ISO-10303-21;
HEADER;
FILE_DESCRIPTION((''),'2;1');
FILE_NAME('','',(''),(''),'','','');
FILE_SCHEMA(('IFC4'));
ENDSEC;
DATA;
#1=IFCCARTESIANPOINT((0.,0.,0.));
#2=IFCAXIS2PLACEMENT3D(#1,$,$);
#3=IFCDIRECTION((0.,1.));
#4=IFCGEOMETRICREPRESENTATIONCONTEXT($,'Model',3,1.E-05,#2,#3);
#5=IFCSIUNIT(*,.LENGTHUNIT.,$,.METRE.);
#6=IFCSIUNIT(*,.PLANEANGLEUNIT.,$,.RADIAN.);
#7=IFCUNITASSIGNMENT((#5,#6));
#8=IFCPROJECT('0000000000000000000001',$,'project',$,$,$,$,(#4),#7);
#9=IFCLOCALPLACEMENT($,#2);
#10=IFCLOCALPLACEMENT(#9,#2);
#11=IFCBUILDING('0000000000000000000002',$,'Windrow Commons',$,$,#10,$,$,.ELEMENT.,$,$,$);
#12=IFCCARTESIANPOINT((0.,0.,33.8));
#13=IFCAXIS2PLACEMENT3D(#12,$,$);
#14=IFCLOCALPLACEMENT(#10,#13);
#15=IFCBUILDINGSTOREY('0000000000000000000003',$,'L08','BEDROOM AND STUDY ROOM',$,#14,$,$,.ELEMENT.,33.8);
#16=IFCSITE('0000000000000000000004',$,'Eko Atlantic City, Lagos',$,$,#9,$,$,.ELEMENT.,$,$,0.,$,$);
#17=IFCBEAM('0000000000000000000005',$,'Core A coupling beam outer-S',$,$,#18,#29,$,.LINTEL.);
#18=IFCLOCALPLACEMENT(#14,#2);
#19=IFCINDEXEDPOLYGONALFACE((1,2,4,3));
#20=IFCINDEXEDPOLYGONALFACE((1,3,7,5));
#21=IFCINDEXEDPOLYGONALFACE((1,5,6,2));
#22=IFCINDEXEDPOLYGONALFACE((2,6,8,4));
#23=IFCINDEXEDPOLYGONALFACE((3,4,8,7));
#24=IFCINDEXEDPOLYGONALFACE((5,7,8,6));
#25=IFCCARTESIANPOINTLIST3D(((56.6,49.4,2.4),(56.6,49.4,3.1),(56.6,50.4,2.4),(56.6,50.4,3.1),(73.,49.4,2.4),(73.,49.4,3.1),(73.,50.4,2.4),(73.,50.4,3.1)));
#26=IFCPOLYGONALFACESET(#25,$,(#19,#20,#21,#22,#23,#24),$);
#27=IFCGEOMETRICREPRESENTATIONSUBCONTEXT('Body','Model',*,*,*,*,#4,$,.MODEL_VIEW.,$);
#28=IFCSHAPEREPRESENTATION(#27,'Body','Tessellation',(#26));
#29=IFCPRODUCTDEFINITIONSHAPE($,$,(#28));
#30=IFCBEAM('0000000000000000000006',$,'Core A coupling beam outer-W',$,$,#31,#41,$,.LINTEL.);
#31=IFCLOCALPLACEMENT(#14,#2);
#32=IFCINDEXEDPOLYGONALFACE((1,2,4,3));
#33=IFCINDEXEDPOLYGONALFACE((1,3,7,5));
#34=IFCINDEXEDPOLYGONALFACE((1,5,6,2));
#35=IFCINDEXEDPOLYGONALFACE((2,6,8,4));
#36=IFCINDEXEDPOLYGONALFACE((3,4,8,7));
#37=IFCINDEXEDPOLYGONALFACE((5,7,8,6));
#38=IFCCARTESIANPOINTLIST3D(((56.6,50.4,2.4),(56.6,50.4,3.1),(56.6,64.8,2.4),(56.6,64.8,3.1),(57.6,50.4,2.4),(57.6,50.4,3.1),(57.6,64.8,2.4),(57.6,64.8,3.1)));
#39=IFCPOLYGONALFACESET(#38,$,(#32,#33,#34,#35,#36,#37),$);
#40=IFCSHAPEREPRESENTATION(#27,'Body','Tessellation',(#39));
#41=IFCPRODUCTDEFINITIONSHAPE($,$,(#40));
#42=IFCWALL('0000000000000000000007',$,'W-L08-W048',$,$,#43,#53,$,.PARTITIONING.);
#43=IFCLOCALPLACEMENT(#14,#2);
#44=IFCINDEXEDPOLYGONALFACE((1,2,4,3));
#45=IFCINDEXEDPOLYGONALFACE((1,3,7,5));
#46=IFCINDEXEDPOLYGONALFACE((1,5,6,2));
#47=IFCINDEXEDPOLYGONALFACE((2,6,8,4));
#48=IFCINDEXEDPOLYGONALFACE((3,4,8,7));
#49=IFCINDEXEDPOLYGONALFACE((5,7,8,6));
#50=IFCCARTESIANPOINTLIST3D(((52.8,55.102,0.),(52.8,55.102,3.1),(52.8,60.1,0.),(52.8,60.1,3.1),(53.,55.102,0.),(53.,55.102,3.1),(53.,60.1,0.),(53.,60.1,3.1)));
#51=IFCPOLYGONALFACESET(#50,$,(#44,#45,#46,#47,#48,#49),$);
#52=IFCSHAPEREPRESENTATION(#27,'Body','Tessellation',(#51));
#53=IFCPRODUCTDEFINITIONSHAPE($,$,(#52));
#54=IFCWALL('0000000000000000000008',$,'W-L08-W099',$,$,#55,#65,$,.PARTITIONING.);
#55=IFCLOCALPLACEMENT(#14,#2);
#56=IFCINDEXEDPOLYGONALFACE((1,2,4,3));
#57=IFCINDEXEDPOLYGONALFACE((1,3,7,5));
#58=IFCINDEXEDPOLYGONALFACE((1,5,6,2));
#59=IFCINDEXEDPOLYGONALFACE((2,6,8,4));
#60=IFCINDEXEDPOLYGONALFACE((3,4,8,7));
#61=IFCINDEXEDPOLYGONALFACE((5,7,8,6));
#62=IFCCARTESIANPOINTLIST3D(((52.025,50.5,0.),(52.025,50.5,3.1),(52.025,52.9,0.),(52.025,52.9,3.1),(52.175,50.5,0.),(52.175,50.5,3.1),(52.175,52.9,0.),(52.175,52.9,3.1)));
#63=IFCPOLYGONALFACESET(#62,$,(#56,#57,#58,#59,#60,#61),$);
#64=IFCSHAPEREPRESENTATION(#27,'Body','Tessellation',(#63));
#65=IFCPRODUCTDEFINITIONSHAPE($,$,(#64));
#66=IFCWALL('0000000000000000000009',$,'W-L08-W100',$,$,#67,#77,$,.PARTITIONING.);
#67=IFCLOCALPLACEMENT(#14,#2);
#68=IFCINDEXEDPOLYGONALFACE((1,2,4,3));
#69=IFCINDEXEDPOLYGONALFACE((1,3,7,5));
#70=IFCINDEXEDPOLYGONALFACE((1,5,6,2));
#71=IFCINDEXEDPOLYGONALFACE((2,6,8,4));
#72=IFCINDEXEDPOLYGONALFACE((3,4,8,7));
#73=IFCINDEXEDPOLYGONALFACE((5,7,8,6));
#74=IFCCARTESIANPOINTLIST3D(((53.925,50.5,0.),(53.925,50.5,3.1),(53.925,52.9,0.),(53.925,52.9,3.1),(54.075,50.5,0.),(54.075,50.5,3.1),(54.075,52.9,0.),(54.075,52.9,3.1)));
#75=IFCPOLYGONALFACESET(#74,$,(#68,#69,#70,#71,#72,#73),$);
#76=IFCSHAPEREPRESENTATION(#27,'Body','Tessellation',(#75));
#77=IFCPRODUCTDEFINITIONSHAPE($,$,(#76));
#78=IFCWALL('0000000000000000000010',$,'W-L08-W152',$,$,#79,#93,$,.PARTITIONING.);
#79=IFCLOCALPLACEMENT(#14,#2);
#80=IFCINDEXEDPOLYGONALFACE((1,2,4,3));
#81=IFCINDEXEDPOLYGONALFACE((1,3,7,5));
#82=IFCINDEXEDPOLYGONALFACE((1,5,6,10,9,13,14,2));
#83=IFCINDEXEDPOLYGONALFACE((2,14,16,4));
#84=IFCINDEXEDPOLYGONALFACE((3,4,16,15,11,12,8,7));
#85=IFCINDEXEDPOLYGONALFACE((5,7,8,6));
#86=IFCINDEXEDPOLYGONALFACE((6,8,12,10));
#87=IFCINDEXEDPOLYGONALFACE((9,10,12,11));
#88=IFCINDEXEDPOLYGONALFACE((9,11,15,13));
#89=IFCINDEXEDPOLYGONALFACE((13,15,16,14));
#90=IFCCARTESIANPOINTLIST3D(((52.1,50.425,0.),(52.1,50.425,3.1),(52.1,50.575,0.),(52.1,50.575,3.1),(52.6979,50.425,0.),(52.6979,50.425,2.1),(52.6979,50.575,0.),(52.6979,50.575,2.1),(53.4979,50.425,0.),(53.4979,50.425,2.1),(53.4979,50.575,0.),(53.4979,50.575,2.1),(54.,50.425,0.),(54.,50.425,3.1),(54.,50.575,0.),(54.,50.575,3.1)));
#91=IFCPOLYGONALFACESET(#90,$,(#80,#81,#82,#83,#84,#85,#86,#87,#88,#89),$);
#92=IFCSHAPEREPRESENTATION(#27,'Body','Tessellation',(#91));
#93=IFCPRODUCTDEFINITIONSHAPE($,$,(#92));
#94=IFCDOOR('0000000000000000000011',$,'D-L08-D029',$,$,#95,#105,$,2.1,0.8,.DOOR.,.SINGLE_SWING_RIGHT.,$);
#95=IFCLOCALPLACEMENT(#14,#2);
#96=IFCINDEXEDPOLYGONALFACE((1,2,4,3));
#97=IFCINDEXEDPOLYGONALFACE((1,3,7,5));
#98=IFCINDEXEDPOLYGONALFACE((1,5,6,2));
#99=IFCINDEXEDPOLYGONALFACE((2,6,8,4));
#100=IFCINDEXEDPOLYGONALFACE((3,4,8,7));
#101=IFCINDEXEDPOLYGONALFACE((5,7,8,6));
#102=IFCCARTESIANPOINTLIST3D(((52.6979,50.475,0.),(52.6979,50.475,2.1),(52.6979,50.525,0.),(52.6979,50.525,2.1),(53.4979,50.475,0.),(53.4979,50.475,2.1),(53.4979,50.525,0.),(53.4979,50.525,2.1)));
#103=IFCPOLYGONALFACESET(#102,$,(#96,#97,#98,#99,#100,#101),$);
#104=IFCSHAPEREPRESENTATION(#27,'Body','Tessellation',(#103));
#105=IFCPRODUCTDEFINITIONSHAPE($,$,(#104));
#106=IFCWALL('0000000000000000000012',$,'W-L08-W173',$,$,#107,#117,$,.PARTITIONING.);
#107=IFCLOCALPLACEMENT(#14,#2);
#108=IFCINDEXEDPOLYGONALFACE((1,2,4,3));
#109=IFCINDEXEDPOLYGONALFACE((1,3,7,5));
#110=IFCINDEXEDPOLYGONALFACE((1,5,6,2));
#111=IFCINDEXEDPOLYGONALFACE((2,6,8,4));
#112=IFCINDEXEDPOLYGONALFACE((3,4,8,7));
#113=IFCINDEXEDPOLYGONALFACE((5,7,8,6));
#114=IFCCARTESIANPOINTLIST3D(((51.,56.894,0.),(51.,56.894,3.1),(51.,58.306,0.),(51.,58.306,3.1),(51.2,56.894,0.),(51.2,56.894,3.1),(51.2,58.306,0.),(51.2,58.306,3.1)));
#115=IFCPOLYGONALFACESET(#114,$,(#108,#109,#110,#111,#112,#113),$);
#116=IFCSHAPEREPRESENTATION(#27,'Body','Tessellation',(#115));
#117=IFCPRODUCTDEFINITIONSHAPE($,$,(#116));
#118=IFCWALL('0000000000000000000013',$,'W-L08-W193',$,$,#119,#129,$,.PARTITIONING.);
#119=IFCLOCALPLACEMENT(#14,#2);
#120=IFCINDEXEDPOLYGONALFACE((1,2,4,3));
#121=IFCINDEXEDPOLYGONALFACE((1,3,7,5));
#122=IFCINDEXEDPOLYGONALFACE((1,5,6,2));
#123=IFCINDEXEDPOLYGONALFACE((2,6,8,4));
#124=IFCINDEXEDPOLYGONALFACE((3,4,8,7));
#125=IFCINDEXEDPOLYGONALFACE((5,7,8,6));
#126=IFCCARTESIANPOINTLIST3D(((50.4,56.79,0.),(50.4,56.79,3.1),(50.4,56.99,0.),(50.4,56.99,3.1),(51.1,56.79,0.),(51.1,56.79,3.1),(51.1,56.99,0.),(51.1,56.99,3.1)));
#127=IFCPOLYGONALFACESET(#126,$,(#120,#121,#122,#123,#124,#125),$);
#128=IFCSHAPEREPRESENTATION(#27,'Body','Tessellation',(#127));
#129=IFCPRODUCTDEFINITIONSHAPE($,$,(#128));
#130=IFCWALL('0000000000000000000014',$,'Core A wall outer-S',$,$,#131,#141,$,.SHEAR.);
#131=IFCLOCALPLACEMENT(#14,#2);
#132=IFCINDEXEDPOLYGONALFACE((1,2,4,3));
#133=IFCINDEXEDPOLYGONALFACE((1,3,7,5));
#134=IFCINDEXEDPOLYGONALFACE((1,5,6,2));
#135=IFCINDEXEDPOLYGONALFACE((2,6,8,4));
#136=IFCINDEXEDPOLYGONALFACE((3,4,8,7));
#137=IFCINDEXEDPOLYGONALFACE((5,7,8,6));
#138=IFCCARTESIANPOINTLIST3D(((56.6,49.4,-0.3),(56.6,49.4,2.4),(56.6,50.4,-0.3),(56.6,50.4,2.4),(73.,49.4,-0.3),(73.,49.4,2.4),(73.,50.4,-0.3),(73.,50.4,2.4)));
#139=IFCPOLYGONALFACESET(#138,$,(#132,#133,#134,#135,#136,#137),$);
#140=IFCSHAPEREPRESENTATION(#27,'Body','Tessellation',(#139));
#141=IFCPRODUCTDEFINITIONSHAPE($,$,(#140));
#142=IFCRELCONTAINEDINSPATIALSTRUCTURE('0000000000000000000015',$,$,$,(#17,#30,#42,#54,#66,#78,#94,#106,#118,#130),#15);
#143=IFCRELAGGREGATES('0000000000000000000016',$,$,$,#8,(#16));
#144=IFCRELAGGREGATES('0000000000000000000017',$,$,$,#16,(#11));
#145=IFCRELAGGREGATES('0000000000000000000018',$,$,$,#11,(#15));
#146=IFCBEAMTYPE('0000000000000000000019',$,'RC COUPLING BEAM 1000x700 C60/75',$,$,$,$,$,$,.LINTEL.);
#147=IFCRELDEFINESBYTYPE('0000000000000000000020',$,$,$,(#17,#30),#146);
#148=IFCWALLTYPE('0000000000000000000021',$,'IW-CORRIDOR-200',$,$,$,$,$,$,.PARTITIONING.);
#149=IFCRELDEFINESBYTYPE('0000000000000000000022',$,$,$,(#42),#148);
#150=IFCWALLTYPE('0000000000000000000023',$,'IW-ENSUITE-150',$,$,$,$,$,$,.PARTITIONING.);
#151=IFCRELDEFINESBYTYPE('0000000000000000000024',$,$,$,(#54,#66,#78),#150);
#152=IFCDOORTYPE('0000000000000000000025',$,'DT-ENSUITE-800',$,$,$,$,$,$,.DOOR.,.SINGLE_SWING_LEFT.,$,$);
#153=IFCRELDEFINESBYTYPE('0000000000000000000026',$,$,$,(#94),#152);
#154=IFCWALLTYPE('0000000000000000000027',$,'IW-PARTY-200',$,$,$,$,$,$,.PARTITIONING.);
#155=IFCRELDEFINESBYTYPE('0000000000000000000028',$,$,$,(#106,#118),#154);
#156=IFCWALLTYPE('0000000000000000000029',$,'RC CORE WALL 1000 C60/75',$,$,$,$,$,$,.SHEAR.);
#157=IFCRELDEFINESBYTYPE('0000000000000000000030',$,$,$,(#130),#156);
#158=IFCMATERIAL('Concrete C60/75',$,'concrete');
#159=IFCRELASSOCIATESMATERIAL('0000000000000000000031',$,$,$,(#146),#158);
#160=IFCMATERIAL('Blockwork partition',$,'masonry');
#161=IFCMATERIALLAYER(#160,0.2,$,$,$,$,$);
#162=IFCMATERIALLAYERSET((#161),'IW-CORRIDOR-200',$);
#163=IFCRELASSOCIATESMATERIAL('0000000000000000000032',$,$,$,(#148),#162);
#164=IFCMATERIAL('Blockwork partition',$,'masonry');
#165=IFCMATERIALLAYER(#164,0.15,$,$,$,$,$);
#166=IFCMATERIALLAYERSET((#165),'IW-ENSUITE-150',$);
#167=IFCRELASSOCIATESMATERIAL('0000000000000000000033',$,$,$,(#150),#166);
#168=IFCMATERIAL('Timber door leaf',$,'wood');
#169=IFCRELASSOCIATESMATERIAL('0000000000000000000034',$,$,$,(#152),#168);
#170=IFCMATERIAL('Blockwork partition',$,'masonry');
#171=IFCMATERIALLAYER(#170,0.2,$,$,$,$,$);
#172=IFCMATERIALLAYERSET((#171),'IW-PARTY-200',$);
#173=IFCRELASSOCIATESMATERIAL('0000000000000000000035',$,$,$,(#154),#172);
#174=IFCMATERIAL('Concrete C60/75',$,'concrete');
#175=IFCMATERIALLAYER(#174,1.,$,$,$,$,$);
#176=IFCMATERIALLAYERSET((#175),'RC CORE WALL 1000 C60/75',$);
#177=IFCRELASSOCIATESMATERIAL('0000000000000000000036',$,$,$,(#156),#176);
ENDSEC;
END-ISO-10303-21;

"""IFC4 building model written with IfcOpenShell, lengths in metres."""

from ifc_helpers import new_model, si_unit, direction, frame, frame_2d, origin, origin_2d, place, context, subcontext, project, spatial, rectangle, extrude, material, layer, layer_set, material_profile, profile_set, type_object, element, fill, save


model = new_model("IFC4")

# Units and contexts
model_context = context("Model", 3, precision=1e-05, world=origin(), true_north=direction((0.0, 1.0)))
body_context = subcontext(model_context, "Body", "Model", "MODEL_VIEW")
ifc_project = project(units=[si_unit("LENGTHUNIT", "METRE"), si_unit("PLANEANGLEUNIT", "RADIAN")], contexts=[model_context])

# Site, building, storey
site_placement = place(None, origin())
site = spatial("IfcSite", under=ifc_project, at=site_placement, Name="Eko Atlantic City, Lagos", CompositionType="ELEMENT", RefElevation=0.0)
building_placement = place(site_placement, origin())
building = spatial("IfcBuilding", under=site, at=building_placement, Name="Windrow Commons", CompositionType="ELEMENT")
storey_placement = place(building_placement, frame((0.0, 0.0, 33.8)))
storey = spatial("IfcBuildingStorey", under=building, at=storey_placement, Name="L08", Description="BEDROOM AND STUDY ROOM", CompositionType="ELEMENT", Elevation=33.8)

# Beams
ifc_material_1 = material(Name="Concrete C60/75", Category="concrete")
ifc_material_profile = material_profile(ifc_material_1, rectangle(XDim=1.0, YDim=0.7, at=origin_2d()))
ifc_profile_set = profile_set([ifc_material_profile], Name="Concrete C60/75")
beam_type = type_object("IfcBeamType", Name="RC COUPLING BEAM 1000x700 C60/75", PredefinedType="LINTEL", material=ifc_profile_set)
beam_1_placement = place(storey_placement, frame((56.6, 49.9, 2.75), z_axis=(1.0, 0.0, 0.0), x_axis=(0.0, 1.0, 0.0)))
element("IfcBeam", 1, at=beam_1_placement, inside=storey, type_object=beam_type, Name="Core A coupling beam outer-S", PredefinedType="LINTEL", context=body_context, shape_type="SweptSolid", body=[
    extrude(rectangle(XDim=1.0, YDim=0.7, at=origin_2d()), origin(), (0.0, 0.0, 1.0), 16.4),
])
beam_2_placement = place(storey_placement, frame((57.1, 50.4, 2.75), z_axis=(0.0, 1.0, 0.0), x_axis=(-1.0, 0.0, 0.0)))
element("IfcBeam", 2, at=beam_2_placement, inside=storey, type_object=beam_type, Name="Core A coupling beam outer-W", PredefinedType="LINTEL", context=body_context, shape_type="SweptSolid", body=[
    extrude(rectangle(XDim=1.0, YDim=0.7, at=origin_2d()), origin(), (0.0, 0.0, 1.0), 14.4),
])

# Walls
ifc_material_2 = material(Name="Blockwork partition", Category="masonry")
ifc_layer_1 = layer(ifc_material_2, 0.2)
ifc_layer_set_1 = layer_set([ifc_layer_1], Name="IW-CORRIDOR-200")
wall_type_1 = type_object("IfcWallType", Name="IW-CORRIDOR-200", PredefinedType="PARTITIONING", material=ifc_layer_set_1)
wall_1_placement = place(storey_placement, frame((52.9, 55.102, 0.0), z_axis=(0.0, 0.0, 1.0), x_axis=(0.0, 1.0, 0.0)))
element("IfcWall", 3, at=wall_1_placement, inside=storey, type_object=wall_type_1, Name="W-L08-W048", PredefinedType="PARTITIONING", context=body_context, shape_type="SweptSolid", body=[
    extrude(rectangle(XDim=4.998, YDim=0.2, at=frame_2d((2.499, 0.0))), origin(), (0.0, 0.0, 1.0), 3.1),
])
ifc_material_3 = material(Name="Blockwork partition", Category="masonry")
ifc_layer_2 = layer(ifc_material_3, 0.15)
ifc_layer_set_2 = layer_set([ifc_layer_2], Name="IW-ENSUITE-150")
wall_type_2 = type_object("IfcWallType", Name="IW-ENSUITE-150", PredefinedType="PARTITIONING", material=ifc_layer_set_2)
for number, where, z_axis, x_axis, name in (
    (4, (52.1, 50.5, 0.0), (0.0, 0.0, 1.0), (0.0, 1.0, 0.0), "W-L08-W099"),
    (5, (54.0, 50.5, 0.0), (0.0, 0.0, 1.0), (0.0, 1.0, 0.0), "W-L08-W100"),
):
    element("IfcWall", number, at=place(storey_placement, frame(where, z_axis=z_axis, x_axis=x_axis)), inside=storey, type_object=wall_type_2, Name=name, PredefinedType="PARTITIONING", context=body_context, shape_type="SweptSolid", body=[
        extrude(rectangle(XDim=2.4, YDim=0.15, at=frame_2d((1.2, 0.0))), origin(), (0.0, 0.0, 1.0), 3.1),
    ])

# Wall, opening, door
wall_2_placement = place(storey_placement, frame((52.1, 50.5, 0.0), z_axis=(0.0, 0.0, 1.0), x_axis=(1.0, 0.0, 0.0)))
wall_2 = element("IfcWall", 6, at=wall_2_placement, inside=storey, type_object=wall_type_2, Name="W-L08-W152", PredefinedType="PARTITIONING", context=body_context, shape_type="SweptSolid", body=[
    extrude(rectangle(XDim=1.9, YDim=0.15, at=frame_2d((0.95, 0.0))), origin(), (0.0, 0.0, 1.0), 3.1),
])
opening_1_placement = place(wall_2_placement, frame((0.5979, 0.0, 0.0)))
opening_1 = element("IfcOpeningElement", 7, at=opening_1_placement, cuts=wall_2, PredefinedType="OPENING", context=body_context, shape_type="SweptSolid", body=[
    extrude(rectangle(XDim=0.8, YDim=2.1, at=frame_2d((0.4, 1.05))), frame((0.0, 0.085, 0.0), z_axis=(0.0, -1.0, 0.0), x_axis=(1.0, 0.0, 0.0)), (0.0, 0.0, 1.0), 0.17),
])
ifc_material_4 = material(Name="Timber door leaf", Category="wood")
door_type_1 = type_object("IfcDoorType", Name="DT-ENSUITE-800", OperationType="SINGLE_SWING_LEFT", PredefinedType="DOOR", material=ifc_material_4)
door_1_placement = place(opening_1_placement, origin())
door_1 = element("IfcDoor", 8, at=door_1_placement, inside=storey, type_object=door_type_1, Name="D-L08-D029", OperationType="SINGLE_SWING_RIGHT", OverallHeight=2.1, OverallWidth=0.8, PredefinedType="DOOR", context=body_context, shape_type="SweptSolid", body=[
    extrude(rectangle(XDim=0.8, YDim=2.1, at=frame_2d((0.4, 1.05))), frame((0.0, 0.025, 0.0), z_axis=(0.0, -1.0, 0.0), x_axis=(1.0, 0.0, 0.0)), (0.0, 0.0, 1.0), 0.05),
])
fill(opening_1, door_1)

# Walls
ifc_material_5 = material(Name="Blockwork partition", Category="masonry")
ifc_layer_3 = layer(ifc_material_5, 0.2)
ifc_layer_set_3 = layer_set([ifc_layer_3], Name="IW-PARTY-200")
wall_type_3 = type_object("IfcWallType", Name="IW-PARTY-200", PredefinedType="PARTITIONING", material=ifc_layer_set_3)
wall_3_placement = place(storey_placement, frame((51.1, 56.894, 0.0), z_axis=(0.0, 0.0, 1.0), x_axis=(0.0, 1.0, 0.0)))
element("IfcWall", 9, at=wall_3_placement, inside=storey, type_object=wall_type_3, Name="W-L08-W173", PredefinedType="PARTITIONING", context=body_context, shape_type="SweptSolid", body=[
    extrude(rectangle(XDim=1.412, YDim=0.2, at=frame_2d((0.706, 0.0))), origin(), (0.0, 0.0, 1.0), 3.1),
])
wall_4_placement = place(storey_placement, frame((50.4, 56.89, 0.0), z_axis=(0.0, 0.0, 1.0), x_axis=(1.0, 0.0, 0.0)))
element("IfcWall", 10, at=wall_4_placement, inside=storey, type_object=wall_type_3, Name="W-L08-W193", PredefinedType="PARTITIONING", context=body_context, shape_type="SweptSolid", body=[
    extrude(rectangle(XDim=0.7, YDim=0.2, at=frame_2d((0.35, 0.0))), origin(), (0.0, 0.0, 1.0), 3.1),
])
ifc_material_6 = material(Name="Concrete C60/75", Category="concrete")
ifc_layer_4 = layer(ifc_material_6, 1.0)
ifc_layer_set_4 = layer_set([ifc_layer_4], Name="RC CORE WALL 1000 C60/75")
wall_type_4 = type_object("IfcWallType", Name="RC CORE WALL 1000 C60/75", PredefinedType="SHEAR", material=ifc_layer_set_4)
wall_5_placement = place(storey_placement, frame((56.6, 49.9, -0.3), z_axis=(0.0, 0.0, 1.0), x_axis=(1.0, 0.0, 0.0)))
element("IfcWall", 11, at=wall_5_placement, inside=storey, type_object=wall_type_4, Name="Core A wall outer-S", PredefinedType="SHEAR", context=body_context, shape_type="SweptSolid", body=[
    extrude(rectangle(XDim=16.4, YDim=1.0, at=frame_2d((8.2, 0.0))), origin(), (0.0, 0.0, 1.0), 2.7),
])

save(model, "model.ifc")
